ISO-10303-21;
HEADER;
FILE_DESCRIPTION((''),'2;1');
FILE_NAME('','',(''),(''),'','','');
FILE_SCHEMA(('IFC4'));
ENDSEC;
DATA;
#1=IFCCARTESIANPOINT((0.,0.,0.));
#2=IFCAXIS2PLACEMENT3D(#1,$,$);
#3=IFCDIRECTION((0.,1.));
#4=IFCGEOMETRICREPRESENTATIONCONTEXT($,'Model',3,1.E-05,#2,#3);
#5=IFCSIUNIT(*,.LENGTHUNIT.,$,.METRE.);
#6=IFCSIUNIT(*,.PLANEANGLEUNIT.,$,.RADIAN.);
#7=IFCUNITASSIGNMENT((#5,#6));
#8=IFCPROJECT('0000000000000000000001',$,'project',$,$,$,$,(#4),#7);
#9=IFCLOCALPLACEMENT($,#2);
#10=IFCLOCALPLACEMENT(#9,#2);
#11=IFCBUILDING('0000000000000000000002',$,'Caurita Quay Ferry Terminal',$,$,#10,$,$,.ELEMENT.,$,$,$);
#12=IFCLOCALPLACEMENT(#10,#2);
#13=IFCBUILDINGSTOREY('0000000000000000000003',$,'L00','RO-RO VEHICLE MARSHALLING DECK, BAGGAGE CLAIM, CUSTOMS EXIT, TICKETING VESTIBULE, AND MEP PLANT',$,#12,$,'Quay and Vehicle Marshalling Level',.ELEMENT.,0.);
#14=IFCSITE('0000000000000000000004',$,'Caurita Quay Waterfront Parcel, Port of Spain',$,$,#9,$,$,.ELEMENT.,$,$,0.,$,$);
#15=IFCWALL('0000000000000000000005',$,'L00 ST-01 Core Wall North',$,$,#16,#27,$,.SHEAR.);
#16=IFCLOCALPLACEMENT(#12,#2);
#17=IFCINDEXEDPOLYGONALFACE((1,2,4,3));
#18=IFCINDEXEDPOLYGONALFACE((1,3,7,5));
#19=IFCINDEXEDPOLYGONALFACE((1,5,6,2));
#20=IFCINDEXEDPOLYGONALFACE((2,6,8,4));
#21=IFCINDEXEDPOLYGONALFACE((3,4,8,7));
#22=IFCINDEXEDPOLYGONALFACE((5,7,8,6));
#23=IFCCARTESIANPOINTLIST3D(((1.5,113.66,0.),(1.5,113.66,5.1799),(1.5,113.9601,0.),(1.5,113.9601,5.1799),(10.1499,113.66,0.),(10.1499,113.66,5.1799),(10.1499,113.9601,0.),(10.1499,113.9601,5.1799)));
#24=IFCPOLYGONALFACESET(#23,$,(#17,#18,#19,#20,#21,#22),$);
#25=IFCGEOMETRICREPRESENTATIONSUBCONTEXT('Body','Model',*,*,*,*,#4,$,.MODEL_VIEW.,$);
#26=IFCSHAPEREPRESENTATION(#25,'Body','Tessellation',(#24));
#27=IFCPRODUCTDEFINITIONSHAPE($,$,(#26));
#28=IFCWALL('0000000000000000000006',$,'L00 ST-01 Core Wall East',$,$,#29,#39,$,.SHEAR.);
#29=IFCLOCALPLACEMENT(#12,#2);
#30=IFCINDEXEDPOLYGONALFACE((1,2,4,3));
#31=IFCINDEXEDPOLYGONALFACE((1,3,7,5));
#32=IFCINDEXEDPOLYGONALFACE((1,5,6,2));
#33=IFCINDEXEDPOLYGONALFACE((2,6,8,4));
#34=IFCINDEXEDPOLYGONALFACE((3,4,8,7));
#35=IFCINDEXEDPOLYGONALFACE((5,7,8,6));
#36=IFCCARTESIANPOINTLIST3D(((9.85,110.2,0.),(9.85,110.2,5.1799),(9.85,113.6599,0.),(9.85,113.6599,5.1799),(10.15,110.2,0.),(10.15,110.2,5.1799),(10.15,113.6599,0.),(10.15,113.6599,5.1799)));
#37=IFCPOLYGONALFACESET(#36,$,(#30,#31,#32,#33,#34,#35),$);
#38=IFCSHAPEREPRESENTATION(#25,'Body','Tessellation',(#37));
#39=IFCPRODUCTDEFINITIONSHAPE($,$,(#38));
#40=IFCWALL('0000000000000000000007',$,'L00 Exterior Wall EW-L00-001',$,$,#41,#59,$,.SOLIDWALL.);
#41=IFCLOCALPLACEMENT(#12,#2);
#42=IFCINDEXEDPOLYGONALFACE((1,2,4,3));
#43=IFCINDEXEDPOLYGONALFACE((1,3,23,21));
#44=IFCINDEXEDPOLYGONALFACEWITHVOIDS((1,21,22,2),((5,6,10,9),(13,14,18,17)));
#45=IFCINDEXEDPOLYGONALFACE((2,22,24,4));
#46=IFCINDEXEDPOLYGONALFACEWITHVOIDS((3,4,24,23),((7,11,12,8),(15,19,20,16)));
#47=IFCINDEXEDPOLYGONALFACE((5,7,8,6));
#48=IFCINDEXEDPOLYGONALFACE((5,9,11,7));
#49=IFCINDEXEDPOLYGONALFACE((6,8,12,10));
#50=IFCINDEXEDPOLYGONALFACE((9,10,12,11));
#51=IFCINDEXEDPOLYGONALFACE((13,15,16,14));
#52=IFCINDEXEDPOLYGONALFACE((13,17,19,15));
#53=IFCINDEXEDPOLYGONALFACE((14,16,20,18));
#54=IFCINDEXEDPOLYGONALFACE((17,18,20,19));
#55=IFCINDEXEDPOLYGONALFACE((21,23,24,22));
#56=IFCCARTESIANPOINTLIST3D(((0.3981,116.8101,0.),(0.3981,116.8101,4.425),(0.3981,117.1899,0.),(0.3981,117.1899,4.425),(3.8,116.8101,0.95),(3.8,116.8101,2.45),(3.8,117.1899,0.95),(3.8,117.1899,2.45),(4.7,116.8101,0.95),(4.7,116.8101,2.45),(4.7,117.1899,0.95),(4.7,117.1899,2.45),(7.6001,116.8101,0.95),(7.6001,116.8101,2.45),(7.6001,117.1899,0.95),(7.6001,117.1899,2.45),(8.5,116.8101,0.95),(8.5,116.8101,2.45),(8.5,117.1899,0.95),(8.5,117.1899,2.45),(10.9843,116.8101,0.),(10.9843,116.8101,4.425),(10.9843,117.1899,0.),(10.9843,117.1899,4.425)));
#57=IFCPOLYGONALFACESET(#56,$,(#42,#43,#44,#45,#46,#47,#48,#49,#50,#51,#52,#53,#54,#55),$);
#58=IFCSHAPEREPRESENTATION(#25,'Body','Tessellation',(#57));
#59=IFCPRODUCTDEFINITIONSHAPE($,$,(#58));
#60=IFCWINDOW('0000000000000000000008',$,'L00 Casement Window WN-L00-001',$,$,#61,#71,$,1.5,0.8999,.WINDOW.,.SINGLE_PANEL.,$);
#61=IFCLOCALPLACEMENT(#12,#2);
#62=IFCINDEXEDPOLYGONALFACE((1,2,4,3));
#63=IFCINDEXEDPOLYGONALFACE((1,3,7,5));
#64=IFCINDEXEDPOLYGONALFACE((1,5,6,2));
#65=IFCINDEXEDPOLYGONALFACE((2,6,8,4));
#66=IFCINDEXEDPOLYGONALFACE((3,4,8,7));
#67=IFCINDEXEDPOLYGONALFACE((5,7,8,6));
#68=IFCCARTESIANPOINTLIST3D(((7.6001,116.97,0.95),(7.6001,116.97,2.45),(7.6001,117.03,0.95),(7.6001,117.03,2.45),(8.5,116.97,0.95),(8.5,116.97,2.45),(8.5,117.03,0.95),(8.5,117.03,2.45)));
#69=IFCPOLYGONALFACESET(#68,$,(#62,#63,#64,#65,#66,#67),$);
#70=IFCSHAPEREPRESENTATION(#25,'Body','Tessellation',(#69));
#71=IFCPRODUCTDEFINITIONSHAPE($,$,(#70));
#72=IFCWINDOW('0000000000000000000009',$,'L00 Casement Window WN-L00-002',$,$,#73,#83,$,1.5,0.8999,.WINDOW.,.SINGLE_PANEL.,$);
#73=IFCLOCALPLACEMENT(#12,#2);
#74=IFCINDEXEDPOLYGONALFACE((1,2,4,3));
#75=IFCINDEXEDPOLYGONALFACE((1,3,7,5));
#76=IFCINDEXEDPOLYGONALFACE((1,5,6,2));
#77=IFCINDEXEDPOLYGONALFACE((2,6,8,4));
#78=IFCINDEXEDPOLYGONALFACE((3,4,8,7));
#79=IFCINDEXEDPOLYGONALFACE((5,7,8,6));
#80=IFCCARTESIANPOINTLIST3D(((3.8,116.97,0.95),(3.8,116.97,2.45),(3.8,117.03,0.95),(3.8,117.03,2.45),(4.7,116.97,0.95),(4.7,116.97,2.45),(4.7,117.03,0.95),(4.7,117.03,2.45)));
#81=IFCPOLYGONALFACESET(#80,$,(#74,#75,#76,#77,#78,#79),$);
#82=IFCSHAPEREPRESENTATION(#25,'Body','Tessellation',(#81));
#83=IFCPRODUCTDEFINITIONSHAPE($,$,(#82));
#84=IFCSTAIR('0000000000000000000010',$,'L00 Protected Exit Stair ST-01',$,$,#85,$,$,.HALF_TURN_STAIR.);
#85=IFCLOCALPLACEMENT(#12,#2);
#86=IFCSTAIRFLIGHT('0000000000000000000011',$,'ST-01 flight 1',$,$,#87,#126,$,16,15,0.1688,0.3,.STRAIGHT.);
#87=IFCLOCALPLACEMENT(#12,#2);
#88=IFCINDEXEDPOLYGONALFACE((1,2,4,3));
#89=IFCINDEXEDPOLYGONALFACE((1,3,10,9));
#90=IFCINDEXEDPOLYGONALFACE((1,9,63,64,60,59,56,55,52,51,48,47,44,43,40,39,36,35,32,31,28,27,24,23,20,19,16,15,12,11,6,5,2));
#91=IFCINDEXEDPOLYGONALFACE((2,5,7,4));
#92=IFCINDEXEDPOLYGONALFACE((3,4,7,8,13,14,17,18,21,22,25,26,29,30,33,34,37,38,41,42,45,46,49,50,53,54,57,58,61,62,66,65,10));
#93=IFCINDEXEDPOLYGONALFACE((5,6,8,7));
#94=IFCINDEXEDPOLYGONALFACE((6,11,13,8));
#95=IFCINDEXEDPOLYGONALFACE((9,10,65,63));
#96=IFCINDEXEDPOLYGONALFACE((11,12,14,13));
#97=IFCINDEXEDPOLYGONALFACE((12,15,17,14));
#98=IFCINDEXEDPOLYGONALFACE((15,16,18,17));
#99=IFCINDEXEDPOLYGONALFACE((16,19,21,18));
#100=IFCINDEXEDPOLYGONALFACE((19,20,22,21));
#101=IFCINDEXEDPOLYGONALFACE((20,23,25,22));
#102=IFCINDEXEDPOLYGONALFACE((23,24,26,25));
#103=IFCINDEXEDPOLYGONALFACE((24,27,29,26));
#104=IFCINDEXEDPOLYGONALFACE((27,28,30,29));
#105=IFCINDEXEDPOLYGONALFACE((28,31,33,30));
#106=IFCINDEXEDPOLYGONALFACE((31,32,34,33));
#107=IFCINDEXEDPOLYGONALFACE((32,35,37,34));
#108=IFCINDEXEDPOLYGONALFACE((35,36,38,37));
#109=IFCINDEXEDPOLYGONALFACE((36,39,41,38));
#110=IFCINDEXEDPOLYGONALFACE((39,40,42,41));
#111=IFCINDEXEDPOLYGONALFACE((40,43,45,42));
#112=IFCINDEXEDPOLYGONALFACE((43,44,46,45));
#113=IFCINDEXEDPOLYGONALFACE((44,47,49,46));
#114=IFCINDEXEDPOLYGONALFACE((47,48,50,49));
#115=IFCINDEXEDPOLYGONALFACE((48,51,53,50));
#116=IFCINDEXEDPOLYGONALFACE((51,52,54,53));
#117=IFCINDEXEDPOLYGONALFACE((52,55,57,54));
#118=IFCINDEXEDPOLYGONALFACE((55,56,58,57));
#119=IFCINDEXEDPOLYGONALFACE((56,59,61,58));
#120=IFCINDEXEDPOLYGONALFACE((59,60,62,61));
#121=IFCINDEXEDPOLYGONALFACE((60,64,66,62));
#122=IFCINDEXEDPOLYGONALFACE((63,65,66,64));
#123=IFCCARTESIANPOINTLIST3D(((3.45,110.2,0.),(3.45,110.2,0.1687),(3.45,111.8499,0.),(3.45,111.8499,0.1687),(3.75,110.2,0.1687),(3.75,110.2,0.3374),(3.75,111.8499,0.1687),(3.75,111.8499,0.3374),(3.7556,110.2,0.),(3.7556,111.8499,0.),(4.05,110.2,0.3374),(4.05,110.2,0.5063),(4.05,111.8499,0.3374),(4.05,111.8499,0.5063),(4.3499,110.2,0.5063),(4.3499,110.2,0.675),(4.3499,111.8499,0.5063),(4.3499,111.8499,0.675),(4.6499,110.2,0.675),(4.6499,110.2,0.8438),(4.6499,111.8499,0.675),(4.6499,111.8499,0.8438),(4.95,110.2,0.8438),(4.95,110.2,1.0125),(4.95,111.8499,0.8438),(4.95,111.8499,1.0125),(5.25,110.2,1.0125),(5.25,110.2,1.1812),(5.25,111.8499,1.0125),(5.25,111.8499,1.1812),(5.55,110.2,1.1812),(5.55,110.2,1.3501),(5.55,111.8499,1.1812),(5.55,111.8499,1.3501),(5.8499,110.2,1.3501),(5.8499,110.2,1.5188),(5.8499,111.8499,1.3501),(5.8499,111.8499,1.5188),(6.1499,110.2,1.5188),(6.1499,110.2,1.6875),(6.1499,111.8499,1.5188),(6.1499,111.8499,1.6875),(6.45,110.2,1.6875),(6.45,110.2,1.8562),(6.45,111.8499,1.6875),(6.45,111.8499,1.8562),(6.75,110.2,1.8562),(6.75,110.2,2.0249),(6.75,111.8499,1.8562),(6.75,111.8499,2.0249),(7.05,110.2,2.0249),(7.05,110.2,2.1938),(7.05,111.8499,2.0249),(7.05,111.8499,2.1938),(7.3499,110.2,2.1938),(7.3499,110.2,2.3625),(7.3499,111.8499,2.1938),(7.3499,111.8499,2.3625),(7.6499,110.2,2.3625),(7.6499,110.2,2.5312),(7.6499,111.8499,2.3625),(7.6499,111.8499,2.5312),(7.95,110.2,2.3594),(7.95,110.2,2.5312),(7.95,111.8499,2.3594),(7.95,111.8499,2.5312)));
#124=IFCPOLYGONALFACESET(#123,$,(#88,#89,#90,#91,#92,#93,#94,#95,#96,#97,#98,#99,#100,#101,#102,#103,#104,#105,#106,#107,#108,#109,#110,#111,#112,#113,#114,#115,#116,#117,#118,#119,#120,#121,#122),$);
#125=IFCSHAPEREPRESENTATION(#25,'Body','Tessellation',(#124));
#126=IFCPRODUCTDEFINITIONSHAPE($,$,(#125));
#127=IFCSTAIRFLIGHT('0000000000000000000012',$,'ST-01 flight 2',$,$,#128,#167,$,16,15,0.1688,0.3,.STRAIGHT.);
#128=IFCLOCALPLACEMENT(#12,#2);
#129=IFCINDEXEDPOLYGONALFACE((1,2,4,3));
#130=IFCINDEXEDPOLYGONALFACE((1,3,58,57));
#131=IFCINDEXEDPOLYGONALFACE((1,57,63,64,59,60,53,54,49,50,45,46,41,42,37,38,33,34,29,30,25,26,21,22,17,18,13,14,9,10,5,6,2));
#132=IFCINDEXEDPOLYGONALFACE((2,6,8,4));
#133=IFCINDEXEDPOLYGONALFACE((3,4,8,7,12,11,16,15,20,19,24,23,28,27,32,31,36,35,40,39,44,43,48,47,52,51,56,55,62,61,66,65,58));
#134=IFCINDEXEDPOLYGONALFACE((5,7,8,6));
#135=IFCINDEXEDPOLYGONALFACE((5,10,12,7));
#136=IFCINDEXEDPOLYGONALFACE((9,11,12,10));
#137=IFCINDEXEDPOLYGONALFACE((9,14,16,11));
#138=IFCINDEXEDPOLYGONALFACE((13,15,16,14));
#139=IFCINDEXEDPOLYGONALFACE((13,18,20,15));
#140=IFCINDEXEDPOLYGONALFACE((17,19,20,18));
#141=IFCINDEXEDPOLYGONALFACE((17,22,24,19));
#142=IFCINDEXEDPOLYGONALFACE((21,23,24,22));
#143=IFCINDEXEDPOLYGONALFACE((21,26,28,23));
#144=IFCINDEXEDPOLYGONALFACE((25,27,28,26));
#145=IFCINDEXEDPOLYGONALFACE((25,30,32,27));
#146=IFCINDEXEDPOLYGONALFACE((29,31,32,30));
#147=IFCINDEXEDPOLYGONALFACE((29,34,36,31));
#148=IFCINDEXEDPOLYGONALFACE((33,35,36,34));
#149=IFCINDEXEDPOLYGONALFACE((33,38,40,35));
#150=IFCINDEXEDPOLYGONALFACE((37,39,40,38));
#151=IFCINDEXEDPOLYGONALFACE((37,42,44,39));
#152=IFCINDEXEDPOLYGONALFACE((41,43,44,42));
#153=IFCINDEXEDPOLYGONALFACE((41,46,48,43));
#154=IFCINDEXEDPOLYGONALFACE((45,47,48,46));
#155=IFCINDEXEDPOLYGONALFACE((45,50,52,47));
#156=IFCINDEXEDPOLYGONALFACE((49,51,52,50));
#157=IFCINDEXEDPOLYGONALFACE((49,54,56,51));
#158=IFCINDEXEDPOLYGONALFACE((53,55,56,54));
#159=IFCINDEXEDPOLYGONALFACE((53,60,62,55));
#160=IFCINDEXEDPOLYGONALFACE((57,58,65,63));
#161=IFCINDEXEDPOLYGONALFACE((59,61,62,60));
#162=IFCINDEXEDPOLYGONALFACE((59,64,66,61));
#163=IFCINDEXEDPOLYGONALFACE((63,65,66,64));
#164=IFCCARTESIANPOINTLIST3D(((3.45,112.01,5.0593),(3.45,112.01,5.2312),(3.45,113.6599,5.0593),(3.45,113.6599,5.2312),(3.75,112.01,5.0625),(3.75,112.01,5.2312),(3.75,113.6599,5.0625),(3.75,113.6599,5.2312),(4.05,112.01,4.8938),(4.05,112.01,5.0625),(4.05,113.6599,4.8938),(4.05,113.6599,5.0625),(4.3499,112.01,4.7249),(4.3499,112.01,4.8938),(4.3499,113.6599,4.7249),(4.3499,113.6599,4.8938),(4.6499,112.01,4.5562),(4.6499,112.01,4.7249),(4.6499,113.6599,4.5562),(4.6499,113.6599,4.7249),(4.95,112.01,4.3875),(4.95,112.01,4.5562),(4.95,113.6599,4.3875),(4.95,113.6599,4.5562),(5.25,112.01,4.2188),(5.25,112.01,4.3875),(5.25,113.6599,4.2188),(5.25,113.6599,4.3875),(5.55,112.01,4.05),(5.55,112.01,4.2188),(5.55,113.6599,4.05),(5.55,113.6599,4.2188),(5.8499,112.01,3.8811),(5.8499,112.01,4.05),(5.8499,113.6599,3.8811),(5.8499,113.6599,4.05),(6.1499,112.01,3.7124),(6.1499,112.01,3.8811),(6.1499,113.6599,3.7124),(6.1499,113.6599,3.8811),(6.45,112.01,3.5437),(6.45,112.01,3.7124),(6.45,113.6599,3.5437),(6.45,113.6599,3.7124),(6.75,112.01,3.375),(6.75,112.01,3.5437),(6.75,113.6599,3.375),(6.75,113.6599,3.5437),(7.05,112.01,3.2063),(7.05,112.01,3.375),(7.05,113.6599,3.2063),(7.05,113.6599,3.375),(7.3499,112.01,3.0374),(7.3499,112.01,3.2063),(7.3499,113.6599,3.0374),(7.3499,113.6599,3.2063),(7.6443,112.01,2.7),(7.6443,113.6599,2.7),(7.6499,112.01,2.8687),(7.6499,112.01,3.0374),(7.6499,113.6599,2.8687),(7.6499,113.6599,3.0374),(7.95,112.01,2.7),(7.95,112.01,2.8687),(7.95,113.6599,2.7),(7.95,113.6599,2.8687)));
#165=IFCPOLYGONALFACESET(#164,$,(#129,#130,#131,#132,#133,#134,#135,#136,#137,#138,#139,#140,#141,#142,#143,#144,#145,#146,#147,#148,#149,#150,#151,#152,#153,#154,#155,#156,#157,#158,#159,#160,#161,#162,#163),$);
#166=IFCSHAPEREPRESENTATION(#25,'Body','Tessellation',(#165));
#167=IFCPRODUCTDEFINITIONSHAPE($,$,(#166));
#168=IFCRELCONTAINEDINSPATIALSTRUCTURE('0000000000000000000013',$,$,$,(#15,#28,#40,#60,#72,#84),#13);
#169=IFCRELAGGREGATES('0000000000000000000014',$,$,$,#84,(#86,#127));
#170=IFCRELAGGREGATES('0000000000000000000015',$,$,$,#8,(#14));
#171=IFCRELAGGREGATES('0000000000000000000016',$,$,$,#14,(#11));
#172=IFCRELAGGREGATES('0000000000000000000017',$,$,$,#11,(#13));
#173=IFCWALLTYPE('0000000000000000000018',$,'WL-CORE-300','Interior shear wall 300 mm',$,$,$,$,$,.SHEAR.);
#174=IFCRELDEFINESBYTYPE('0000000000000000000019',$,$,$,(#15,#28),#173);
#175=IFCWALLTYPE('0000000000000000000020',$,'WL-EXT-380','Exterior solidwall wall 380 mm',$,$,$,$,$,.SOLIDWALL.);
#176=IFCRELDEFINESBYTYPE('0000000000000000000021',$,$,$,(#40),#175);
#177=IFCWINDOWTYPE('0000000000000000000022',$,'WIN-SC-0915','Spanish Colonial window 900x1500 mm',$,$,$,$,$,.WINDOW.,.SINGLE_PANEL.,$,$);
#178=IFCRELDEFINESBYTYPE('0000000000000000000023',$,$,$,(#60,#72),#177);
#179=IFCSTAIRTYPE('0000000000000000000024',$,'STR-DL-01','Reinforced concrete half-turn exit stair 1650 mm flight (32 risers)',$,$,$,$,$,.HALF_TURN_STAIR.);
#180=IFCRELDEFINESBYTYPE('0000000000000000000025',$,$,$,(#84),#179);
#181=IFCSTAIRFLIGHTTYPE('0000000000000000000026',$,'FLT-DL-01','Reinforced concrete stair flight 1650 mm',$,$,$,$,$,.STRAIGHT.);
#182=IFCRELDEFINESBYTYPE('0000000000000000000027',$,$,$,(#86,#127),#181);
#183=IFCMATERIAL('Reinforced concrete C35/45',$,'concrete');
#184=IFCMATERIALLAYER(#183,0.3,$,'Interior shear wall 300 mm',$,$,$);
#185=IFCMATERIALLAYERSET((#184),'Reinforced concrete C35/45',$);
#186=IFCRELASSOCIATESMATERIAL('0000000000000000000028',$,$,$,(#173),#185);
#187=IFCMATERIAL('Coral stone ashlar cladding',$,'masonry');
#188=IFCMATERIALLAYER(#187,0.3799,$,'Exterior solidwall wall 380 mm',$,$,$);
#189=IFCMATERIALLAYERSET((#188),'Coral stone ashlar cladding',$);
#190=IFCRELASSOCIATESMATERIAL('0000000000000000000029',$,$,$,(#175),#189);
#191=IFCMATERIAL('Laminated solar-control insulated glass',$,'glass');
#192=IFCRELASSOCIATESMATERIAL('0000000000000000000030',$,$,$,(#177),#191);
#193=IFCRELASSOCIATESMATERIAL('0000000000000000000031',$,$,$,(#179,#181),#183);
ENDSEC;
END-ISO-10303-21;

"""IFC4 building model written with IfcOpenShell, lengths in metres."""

from ifc_helpers import new_model, si_unit, direction, frame, frame_2d, origin, place, context, subcontext, project, spatial, polyline, rectangle, outline, extrude, material, layer, layer_set, type_object, element, fill, aggregate, save


model = new_model("IFC4")

# Units and contexts
model_context = context("Model", 3, precision=1e-05, world=origin(), true_north=direction((0.0, 1.0)))
body_context = subcontext(model_context, "Body", "Model", "MODEL_VIEW")
ifc_project = project(units=[si_unit("LENGTHUNIT", "METRE"), si_unit("PLANEANGLEUNIT", "RADIAN")], contexts=[model_context])

# Site, building, storey
site_placement = place(None, origin())
site = spatial("IfcSite", under=ifc_project, at=site_placement, Name="Caurita Quay Waterfront Parcel, Port of Spain", CompositionType="ELEMENT", RefElevation=0.0)
building_placement = place(site_placement, origin())
building = spatial("IfcBuilding", under=site, at=building_placement, Name="Caurita Quay Ferry Terminal", CompositionType="ELEMENT")
storey_placement = place(building_placement, origin())
storey = spatial("IfcBuildingStorey", under=building, at=storey_placement, Name="L00", Description="RO-RO VEHICLE MARSHALLING DECK, BAGGAGE CLAIM, CUSTOMS EXIT, TICKETING VESTIBULE, AND MEP PLANT", LongName="Quay and Vehicle Marshalling Level", CompositionType="ELEMENT", Elevation=0.0)

# Shared definitions
ifc_material_1 = material(Name="Reinforced concrete C35/45", Category="concrete")

# Walls
ifc_layer_1 = layer(ifc_material_1, 0.3, Name="Interior shear wall 300 mm")
ifc_layer_set_1 = layer_set([ifc_layer_1], Name="Reinforced concrete C35/45")
wall_type_1 = type_object("IfcWallType", Name="WL-CORE-300", Description="Interior shear wall 300 mm", PredefinedType="SHEAR", material=ifc_layer_set_1)
wall_1_placement = place(storey_placement, frame((10.1499, 113.8101, 0.0), z_axis=(0.0, 0.0, 1.0), x_axis=(-1.0, 0.0, 0.0)))
element("IfcWall", 1, at=wall_1_placement, inside=storey, type_object=wall_type_1, Name="L00 ST-01 Core Wall North", PredefinedType="SHEAR", context=body_context, shape_type="SweptSolid", body=[
    extrude(rectangle(XDim=8.6499, YDim=0.3, at=frame_2d((4.325, 0.0))), origin(), (0.0, 0.0, 1.0), 5.1799),
])
wall_2_placement = place(storey_placement, frame((10.0, 110.2, 0.0), z_axis=(0.0, 0.0, 1.0), x_axis=(0.0, 1.0, 0.0)))
element("IfcWall", 2, at=wall_2_placement, inside=storey, type_object=wall_type_1, Name="L00 ST-01 Core Wall East", PredefinedType="SHEAR", context=body_context, shape_type="SweptSolid", body=[
    extrude(rectangle(XDim=3.46, YDim=0.3, at=frame_2d((1.73, 0.0))), origin(), (0.0, 0.0, 1.0), 5.1799),
])

# Wall, openings, windows
ifc_material_2 = material(Name="Coral stone ashlar cladding", Category="masonry")
ifc_layer_2 = layer(ifc_material_2, 0.3799, Name="Exterior solidwall wall 380 mm")
ifc_layer_set_2 = layer_set([ifc_layer_2], Name="Coral stone ashlar cladding")
wall_type_2 = type_object("IfcWallType", Name="WL-EXT-380", Description="Exterior solidwall wall 380 mm", PredefinedType="SOLIDWALL", material=ifc_layer_set_2)
wall_3_placement = place(storey_placement, frame((10.9841, 117.0, 0.0), z_axis=(0.0, 0.0, 1.0), x_axis=(-1.0, 0.0, 0.0)))
wall_3 = element("IfcWall", 3, at=wall_3_placement, inside=storey, type_object=wall_type_2, Name="L00 Exterior Wall EW-L00-001", PredefinedType="SOLIDWALL", context=body_context, shape_type="SweptSolid", body=[
    extrude(rectangle(XDim=10.5862, YDim=0.3799, at=frame_2d((5.293, 0.0))), origin(), (0.0, 0.0, 1.0), 4.425),
])
opening_1_placement = place(wall_3_placement, frame((2.4841, 0.0, 0.95)))
opening_1 = element("IfcOpeningElement", 4, at=opening_1_placement, cuts=wall_3, PredefinedType="OPENING", context=body_context, shape_type="SweptSolid", body=[
    extrude(rectangle(XDim=0.8999, YDim=1.5, at=frame_2d((0.45, 0.75))), frame((0.0, 0.2, 0.0), z_axis=(0.0, -1.0, 0.0), x_axis=(1.0, 0.0, 0.0)), (0.0, 0.0, 1.0), 0.3999),
])
opening_2_placement = place(wall_3_placement, frame((6.2842, 0.0, 0.95)))
opening_2 = element("IfcOpeningElement", 5, at=opening_2_placement, cuts=wall_3, PredefinedType="OPENING", context=body_context, shape_type="SweptSolid", body=[
    extrude(rectangle(XDim=0.8999, YDim=1.5, at=frame_2d((0.45, 0.75))), frame((0.0, 0.2, 0.0), z_axis=(0.0, -1.0, 0.0), x_axis=(1.0, 0.0, 0.0)), (0.0, 0.0, 1.0), 0.3999),
])
ifc_material_3 = material(Name="Laminated solar-control insulated glass", Category="glass")
window_type = type_object("IfcWindowType", Name="WIN-SC-0915", Description="Spanish Colonial window 900x1500 mm", PartitioningType="SINGLE_PANEL", PredefinedType="WINDOW", material=ifc_material_3)
window_1_placement = place(opening_1_placement, origin())
window_1 = element("IfcWindow", 6, at=window_1_placement, inside=storey, type_object=window_type, Name="L00 Casement Window WN-L00-001", OverallHeight=1.5, OverallWidth=0.8999, PartitioningType="SINGLE_PANEL", PredefinedType="WINDOW", context=body_context, shape_type="SweptSolid", body=[
    extrude(rectangle(XDim=0.8999, YDim=1.5, at=frame_2d((0.45, 0.75))), frame((0.0, 0.03, 0.0), z_axis=(0.0, -1.0, 0.0), x_axis=(1.0, 0.0, 0.0)), (0.0, 0.0, 1.0), 0.0601),
])
fill(opening_1, window_1)
window_2_placement = place(opening_2_placement, origin())
window_2 = element("IfcWindow", 7, at=window_2_placement, inside=storey, type_object=window_type, Name="L00 Casement Window WN-L00-002", OverallHeight=1.5, OverallWidth=0.8999, PartitioningType="SINGLE_PANEL", PredefinedType="WINDOW", context=body_context, shape_type="SweptSolid", body=[
    extrude(rectangle(XDim=0.8999, YDim=1.5, at=frame_2d((0.45, 0.75))), frame((0.0, 0.03, 0.0), z_axis=(0.0, -1.0, 0.0), x_axis=(1.0, 0.0, 0.0)), (0.0, 0.0, 1.0), 0.0601),
])
fill(opening_2, window_2)

# Stair, stair flights
stair_type = type_object("IfcStairType", Name="STR-DL-01", Description="Reinforced concrete half-turn exit stair 1650 mm flight (32 risers)", PredefinedType="HALF_TURN_STAIR", material=ifc_material_1)
stair_placement = place(storey_placement, origin())
stair = element("IfcStair", 8, at=stair_placement, inside=storey, type_object=stair_type, Name="L00 Protected Exit Stair ST-01", PredefinedType="HALF_TURN_STAIR")
stair_flight_type = type_object("IfcStairFlightType", Name="FLT-DL-01", Description="Reinforced concrete stair flight 1650 mm", PredefinedType="STRAIGHT", material=ifc_material_1)
stair_flight_1_placement = place(storey_placement, frame((3.45, 111.0249, 0.0), z_axis=(0.0, 0.0, 1.0), x_axis=(1.0, 0.0, 0.0)))
stair_flight_1 = element("IfcStairFlight", 9, at=stair_flight_1_placement, type_object=stair_flight_type, Name="ST-01 flight 1", NumberOfRisers=16, NumberOfTreads=15, PredefinedType="STRAIGHT", RiserHeight=0.1688, TreadLength=0.3, context=body_context, shape_type="SweptSolid", body=[
    extrude(outline(polyline([(0.0, 0.0), (0.0, 0.1687), (0.3, 0.1687), (0.3, 0.3374), (0.6001, 0.3374), (0.6001, 0.5063), (0.8999, 0.5063), (0.8999, 0.675), (1.2, 0.675), (1.2, 0.8438), (1.5, 0.8438), (1.5, 1.0125), (1.8, 1.0125), (1.8, 1.1812), (2.1001, 1.1812), (2.1001, 1.3501), (2.3999, 1.3501), (2.3999, 1.5188), (2.7, 1.5188), (2.7, 1.6875), (3.0, 1.6875), (3.0, 1.8562), (3.3, 1.8562), (3.3, 2.0249), (3.6001, 2.0249), (3.6001, 2.1938), (3.8999, 2.1938), (3.8999, 2.3625), (4.2, 2.3625), (4.2, 2.5312), (4.5, 2.5312), (4.5, 2.7), (4.5, 2.3594), (0.3057, 0.0), (0.0, 0.0)])), frame((0.0, 0.825, 0.0), z_axis=(0.0, -1.0, 0.0), x_axis=(1.0, 0.0, 0.0)), (0.0, 0.0, 1.0), 1.6499),
])
stair_flight_2_placement = place(storey_placement, frame((7.95, 112.835, 2.7), z_axis=(0.0, 0.0, 1.0), x_axis=(-1.0, 0.0, 0.0)))
stair_flight_2 = element("IfcStairFlight", 10, at=stair_flight_2_placement, type_object=stair_flight_type, Name="ST-01 flight 2", NumberOfRisers=16, NumberOfTreads=15, PredefinedType="STRAIGHT", RiserHeight=0.1688, TreadLength=0.3, context=body_context, shape_type="SweptSolid", body=[
    extrude(outline(polyline([(0.0, 0.0), (0.0, 0.1687), (0.3, 0.1687), (0.3, 0.3374), (0.6001, 0.3374), (0.6001, 0.5063), (0.8999, 0.5063), (0.8999, 0.675), (1.2, 0.675), (1.2, 0.8438), (1.5, 0.8438), (1.5, 1.0125), (1.8, 1.0125), (1.8, 1.1812), (2.1001, 1.1812), (2.1001, 1.3501), (2.3999, 1.3501), (2.3999, 1.5188), (2.7, 1.5188), (2.7, 1.6875), (3.0, 1.6875), (3.0, 1.8562), (3.3, 1.8562), (3.3, 2.0249), (3.6001, 2.0249), (3.6001, 2.1938), (3.8999, 2.1938), (3.8999, 2.3625), (4.2, 2.3625), (4.2, 2.5312), (4.5, 2.5312), (4.5, 2.7), (4.5, 2.3594), (0.3057, 0.0), (0.0, 0.0)])), frame((0.0, 0.825, 0.0), z_axis=(0.0, -1.0, 0.0), x_axis=(1.0, 0.0, 0.0)), (0.0, 0.0, 1.0), 1.6499),
])
aggregate(stair, [stair_flight_1, stair_flight_2])

save(model, "model.ifc")
